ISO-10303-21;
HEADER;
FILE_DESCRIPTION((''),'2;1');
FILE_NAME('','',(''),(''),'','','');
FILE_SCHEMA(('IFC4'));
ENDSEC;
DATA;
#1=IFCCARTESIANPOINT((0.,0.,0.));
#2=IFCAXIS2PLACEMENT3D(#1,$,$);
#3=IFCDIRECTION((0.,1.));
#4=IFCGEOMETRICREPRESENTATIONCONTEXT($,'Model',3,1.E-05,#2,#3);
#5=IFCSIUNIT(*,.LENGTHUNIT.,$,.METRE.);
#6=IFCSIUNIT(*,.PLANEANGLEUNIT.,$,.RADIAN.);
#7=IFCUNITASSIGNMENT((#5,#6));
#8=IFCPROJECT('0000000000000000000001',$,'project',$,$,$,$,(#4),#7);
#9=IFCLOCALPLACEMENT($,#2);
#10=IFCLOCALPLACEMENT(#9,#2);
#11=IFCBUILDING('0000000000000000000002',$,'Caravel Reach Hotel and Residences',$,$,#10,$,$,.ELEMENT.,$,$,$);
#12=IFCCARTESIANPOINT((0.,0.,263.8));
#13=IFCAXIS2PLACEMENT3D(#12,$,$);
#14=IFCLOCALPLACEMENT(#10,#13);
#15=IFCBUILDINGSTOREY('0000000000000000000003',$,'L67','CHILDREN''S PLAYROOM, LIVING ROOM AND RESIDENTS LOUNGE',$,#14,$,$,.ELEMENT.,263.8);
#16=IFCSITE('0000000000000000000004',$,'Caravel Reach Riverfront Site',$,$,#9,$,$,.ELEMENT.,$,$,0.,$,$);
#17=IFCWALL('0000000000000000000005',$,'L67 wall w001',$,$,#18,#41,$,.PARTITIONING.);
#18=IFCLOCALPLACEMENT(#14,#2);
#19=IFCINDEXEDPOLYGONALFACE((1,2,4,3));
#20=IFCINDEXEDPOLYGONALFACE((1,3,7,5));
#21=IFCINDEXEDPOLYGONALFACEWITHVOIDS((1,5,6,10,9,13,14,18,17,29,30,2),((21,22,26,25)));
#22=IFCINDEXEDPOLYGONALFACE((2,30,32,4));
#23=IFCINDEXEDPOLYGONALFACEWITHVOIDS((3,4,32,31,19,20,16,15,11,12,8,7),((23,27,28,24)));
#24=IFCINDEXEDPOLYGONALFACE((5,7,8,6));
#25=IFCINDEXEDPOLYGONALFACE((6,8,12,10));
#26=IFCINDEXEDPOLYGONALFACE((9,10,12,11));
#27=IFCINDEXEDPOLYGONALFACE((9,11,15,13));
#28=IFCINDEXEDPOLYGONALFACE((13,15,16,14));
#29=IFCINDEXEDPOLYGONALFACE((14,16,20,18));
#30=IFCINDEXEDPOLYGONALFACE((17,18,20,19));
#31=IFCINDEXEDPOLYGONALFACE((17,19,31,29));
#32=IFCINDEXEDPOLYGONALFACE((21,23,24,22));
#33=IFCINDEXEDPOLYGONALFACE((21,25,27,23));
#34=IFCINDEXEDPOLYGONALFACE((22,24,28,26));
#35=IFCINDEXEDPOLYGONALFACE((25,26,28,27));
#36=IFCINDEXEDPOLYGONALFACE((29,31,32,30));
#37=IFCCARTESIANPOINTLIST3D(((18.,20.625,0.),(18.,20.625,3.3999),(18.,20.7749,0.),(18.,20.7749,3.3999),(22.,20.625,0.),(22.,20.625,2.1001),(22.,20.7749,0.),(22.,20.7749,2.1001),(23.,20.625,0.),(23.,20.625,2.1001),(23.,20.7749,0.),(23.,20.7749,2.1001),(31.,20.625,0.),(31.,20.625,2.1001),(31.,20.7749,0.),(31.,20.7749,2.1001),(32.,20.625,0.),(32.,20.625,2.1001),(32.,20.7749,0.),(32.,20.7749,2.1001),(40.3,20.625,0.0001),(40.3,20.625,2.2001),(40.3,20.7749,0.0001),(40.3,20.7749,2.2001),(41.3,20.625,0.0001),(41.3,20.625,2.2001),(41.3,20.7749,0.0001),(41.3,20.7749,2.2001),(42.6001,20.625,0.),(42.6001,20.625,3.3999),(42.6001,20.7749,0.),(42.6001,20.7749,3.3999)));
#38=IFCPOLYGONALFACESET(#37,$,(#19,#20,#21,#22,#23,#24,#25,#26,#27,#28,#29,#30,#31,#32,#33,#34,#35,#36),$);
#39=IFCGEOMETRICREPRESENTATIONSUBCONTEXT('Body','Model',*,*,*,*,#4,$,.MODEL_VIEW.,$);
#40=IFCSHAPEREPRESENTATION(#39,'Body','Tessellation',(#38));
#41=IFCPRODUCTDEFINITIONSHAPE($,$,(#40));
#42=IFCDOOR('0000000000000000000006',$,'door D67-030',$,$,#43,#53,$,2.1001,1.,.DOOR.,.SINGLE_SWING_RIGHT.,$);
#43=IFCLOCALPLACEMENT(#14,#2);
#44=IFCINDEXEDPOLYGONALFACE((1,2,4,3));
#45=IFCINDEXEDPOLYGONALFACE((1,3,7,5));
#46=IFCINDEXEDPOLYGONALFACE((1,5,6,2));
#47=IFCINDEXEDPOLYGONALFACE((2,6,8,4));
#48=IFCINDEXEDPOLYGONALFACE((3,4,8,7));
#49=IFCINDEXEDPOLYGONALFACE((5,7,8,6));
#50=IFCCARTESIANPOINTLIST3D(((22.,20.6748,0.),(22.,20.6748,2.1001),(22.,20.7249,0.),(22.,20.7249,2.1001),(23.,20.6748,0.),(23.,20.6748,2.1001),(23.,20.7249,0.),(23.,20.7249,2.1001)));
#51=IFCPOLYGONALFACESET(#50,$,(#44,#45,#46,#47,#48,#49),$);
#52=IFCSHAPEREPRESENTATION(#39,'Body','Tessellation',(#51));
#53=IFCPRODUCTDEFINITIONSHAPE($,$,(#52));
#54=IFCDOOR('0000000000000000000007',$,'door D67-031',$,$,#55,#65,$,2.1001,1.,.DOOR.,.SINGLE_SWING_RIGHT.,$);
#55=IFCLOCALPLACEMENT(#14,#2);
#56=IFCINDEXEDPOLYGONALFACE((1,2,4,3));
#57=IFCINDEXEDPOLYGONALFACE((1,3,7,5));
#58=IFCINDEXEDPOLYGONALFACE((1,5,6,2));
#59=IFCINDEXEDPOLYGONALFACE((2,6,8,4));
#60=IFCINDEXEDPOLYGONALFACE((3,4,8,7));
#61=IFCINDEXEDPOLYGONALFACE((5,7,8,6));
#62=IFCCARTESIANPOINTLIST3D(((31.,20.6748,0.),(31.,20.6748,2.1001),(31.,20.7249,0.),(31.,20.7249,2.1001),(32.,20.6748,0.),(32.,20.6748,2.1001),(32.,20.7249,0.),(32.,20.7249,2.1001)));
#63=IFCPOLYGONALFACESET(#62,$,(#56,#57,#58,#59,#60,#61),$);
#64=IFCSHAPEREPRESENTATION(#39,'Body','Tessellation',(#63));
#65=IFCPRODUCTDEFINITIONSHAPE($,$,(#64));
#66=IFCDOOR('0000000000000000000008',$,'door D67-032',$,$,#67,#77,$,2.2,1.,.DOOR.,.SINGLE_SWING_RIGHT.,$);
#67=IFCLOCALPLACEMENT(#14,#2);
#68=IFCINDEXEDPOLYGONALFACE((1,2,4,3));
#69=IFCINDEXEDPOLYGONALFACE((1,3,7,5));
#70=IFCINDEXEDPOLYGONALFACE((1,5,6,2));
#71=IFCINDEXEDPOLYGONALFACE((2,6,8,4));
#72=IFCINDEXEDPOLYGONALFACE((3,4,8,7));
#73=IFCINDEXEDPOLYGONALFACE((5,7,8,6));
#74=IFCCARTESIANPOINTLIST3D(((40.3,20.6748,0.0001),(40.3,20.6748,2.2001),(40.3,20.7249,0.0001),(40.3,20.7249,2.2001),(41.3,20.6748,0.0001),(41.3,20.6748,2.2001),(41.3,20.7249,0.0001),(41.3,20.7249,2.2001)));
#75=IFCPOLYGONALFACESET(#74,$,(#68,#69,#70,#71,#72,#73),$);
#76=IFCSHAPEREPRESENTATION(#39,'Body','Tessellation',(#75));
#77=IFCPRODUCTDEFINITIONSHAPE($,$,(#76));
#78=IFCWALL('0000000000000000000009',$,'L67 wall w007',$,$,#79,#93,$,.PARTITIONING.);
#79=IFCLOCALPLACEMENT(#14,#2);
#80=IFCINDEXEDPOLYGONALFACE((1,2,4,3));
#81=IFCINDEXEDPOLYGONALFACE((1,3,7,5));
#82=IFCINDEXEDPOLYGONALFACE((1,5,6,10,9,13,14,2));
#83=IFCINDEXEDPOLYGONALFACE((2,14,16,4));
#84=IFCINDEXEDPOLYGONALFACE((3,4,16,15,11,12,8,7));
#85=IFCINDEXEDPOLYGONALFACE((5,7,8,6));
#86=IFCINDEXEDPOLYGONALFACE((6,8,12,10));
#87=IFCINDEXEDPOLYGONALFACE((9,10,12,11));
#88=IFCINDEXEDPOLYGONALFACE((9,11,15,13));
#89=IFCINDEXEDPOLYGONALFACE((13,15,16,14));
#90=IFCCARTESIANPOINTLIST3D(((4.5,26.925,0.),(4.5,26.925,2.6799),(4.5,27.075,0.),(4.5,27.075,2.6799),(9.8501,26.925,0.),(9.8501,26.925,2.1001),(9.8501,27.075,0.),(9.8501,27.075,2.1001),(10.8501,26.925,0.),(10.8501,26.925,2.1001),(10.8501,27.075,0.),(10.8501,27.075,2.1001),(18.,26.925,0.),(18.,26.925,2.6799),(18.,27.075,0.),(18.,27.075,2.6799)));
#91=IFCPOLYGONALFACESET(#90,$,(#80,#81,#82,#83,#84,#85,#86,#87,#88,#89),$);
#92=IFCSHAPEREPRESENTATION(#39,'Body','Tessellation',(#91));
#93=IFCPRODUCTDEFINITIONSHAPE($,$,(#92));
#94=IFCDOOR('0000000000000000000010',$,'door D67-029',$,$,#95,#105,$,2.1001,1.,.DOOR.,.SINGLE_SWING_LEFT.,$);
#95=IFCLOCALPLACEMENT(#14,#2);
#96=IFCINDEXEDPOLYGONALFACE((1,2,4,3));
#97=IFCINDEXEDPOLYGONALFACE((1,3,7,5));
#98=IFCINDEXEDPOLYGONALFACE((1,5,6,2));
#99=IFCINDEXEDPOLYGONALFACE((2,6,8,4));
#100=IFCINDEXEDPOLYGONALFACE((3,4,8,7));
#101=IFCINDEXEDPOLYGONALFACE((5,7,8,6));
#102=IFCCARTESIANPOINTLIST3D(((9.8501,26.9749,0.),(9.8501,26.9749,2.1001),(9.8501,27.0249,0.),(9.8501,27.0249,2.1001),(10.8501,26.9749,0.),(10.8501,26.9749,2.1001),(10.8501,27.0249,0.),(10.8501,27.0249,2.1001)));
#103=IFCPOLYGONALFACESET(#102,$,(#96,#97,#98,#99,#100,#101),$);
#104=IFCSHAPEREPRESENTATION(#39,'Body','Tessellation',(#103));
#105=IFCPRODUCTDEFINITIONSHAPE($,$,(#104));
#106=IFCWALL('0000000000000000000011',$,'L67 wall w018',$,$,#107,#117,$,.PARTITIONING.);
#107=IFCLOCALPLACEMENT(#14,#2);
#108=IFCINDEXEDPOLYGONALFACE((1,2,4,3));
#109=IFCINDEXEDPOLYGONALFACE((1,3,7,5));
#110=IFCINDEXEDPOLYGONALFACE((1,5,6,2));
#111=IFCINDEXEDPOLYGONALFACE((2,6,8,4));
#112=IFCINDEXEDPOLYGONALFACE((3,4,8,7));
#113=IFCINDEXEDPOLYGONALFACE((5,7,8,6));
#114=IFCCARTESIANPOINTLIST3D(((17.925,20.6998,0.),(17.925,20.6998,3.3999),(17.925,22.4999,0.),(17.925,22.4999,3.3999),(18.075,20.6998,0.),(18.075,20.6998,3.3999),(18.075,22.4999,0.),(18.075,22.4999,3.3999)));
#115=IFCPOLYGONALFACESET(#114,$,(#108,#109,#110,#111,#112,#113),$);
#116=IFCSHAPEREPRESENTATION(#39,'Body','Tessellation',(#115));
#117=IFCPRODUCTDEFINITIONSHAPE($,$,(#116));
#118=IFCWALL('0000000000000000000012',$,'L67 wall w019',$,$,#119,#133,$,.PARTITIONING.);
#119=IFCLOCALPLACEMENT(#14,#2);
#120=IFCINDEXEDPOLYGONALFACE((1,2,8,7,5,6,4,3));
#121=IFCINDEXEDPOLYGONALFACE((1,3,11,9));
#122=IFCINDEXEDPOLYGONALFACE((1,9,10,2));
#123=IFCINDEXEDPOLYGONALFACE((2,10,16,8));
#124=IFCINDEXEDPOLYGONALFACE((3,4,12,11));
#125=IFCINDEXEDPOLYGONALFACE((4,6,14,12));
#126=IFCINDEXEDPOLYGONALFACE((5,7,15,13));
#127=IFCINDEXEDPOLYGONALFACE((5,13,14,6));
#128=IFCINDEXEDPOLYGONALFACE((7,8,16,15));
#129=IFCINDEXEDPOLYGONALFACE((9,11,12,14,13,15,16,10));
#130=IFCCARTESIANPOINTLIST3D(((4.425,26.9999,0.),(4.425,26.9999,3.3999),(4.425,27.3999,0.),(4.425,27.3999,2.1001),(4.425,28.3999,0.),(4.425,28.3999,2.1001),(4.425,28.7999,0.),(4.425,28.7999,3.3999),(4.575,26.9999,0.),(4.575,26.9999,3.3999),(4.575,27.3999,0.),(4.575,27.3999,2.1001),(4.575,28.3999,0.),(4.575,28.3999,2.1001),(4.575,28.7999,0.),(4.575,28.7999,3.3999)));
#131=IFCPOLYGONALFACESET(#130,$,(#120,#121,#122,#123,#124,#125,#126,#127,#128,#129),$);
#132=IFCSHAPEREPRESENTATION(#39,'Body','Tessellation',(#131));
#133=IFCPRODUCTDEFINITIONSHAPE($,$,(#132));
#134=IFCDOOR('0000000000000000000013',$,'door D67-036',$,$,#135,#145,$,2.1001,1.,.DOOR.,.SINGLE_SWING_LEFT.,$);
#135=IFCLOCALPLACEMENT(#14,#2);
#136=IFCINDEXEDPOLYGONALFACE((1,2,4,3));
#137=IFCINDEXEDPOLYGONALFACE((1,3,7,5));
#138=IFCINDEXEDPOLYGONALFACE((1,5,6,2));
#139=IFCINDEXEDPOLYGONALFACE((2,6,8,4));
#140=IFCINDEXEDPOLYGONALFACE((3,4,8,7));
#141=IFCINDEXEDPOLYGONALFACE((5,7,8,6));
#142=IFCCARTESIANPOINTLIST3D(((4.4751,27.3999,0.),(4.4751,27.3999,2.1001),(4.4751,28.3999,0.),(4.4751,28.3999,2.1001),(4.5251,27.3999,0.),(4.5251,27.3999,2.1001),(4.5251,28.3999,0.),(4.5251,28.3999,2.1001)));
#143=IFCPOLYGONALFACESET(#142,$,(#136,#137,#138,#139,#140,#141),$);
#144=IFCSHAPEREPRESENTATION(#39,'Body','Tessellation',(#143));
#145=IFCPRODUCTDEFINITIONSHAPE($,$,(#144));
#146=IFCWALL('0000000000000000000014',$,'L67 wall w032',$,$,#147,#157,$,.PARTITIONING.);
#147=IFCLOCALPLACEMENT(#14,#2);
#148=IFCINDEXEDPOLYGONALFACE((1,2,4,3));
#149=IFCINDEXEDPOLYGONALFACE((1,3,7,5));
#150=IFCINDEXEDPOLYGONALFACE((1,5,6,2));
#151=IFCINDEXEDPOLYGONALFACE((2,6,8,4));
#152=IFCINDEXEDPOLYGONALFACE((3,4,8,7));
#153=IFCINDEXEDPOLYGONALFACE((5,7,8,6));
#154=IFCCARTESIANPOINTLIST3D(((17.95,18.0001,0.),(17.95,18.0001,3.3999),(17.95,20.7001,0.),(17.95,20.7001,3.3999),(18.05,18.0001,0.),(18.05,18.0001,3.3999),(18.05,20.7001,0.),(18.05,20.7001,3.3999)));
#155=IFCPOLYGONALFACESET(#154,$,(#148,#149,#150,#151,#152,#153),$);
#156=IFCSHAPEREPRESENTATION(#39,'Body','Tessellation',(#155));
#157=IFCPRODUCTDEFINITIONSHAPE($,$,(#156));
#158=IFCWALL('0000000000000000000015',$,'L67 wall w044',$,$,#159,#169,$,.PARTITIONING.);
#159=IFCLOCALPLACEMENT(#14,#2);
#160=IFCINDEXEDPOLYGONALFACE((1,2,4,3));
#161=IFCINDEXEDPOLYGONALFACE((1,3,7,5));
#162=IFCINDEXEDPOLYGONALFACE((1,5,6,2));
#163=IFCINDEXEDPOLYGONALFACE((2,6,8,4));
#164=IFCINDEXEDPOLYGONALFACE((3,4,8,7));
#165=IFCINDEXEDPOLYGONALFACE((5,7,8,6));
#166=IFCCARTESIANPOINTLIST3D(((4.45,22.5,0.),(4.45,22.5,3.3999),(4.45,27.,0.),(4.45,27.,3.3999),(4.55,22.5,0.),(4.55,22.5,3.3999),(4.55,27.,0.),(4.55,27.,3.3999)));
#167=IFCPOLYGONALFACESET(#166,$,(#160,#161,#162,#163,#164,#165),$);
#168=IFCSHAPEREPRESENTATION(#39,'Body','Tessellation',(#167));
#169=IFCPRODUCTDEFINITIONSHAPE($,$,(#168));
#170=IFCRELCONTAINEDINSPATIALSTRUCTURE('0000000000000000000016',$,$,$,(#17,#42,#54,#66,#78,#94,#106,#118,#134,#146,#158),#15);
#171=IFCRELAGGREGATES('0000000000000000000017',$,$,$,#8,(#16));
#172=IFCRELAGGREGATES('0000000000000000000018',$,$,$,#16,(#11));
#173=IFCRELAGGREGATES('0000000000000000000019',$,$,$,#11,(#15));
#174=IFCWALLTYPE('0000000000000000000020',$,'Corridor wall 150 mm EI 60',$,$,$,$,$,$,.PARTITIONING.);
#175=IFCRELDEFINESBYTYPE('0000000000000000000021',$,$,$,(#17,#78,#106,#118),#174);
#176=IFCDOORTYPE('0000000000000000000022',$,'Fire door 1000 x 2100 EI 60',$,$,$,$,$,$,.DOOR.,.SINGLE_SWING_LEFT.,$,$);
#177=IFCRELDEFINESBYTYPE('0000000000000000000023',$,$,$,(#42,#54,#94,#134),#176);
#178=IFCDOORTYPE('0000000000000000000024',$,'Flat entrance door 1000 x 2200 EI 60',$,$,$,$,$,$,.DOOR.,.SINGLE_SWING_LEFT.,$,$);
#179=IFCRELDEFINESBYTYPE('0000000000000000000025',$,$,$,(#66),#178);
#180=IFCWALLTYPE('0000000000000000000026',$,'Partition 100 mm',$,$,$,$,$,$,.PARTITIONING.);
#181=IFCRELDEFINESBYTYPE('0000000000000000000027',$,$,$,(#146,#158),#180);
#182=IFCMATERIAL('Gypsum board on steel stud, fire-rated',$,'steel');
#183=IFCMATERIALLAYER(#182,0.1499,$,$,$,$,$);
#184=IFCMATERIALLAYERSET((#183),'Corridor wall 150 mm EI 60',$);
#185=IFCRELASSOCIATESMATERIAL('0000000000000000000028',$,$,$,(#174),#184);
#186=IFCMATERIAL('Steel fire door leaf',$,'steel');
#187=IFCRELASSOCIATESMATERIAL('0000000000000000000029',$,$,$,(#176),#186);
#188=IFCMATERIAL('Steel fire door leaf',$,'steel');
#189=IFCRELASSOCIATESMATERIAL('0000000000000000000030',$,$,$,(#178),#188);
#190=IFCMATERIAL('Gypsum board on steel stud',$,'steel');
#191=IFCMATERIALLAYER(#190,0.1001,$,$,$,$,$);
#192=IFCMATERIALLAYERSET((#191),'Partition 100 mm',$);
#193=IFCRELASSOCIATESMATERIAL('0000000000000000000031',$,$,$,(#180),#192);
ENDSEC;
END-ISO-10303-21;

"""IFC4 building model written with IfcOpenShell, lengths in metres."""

from ifc_helpers import new_model, si_unit, direction, frame, frame_2d, origin, place, context, subcontext, project, spatial, rectangle, extrude, material, layer, layer_set, type_object, element, fill, save


model = new_model("IFC4")

# Units and contexts
model_context = context("Model", 3, precision=1e-05, world=origin(), true_north=direction((0.0, 1.0)))
body_context = subcontext(model_context, "Body", "Model", "MODEL_VIEW")
ifc_project = project(units=[si_unit("LENGTHUNIT", "METRE"), si_unit("PLANEANGLEUNIT", "RADIAN")], contexts=[model_context])

# Site, building, storey
site_placement = place(None, origin())
site = spatial("IfcSite", under=ifc_project, at=site_placement, Name="Caravel Reach Riverfront Site", CompositionType="ELEMENT", RefElevation=0.0)
building_placement = place(site_placement, origin())
building = spatial("IfcBuilding", under=site, at=building_placement, Name="Caravel Reach Hotel and Residences", CompositionType="ELEMENT")
storey_placement = place(building_placement, frame((0.0, 0.0, 263.8)))
storey = spatial("IfcBuildingStorey", under=building, at=storey_placement, Name="L67", Description="CHILDREN'S PLAYROOM, LIVING ROOM AND RESIDENTS LOUNGE", CompositionType="ELEMENT", Elevation=263.8)

# Wall, openings, doors
ifc_material_1 = material(Name="Gypsum board on steel stud, fire-rated", Category="steel")
ifc_layer_1 = layer(ifc_material_1, 0.1499)
ifc_layer_set_1 = layer_set([ifc_layer_1], Name="Corridor wall 150 mm EI 60")
wall_type_1 = type_object("IfcWallType", Name="Corridor wall 150 mm EI 60", PredefinedType="PARTITIONING", material=ifc_layer_set_1)
wall_1_placement = place(storey_placement, frame((18.0, 20.7, 0.0), z_axis=(0.0, 0.0, 1.0), x_axis=(1.0, 0.0, 0.0)))
wall_1 = element("IfcWall", 1, at=wall_1_placement, inside=storey, type_object=wall_type_1, Name="L67 wall w001", PredefinedType="PARTITIONING", context=body_context, shape_type="SweptSolid", body=[
    extrude(rectangle(XDim=24.6001, YDim=0.1499, at=frame_2d((12.3, 0.0))), origin(), (0.0, 0.0, 1.0), 3.3999),
])
opening_1_placement = place(wall_1_placement, frame((4.0, 0.0, 0.0)))
opening_1 = element("IfcOpeningElement", 2, at=opening_1_placement, cuts=wall_1, PredefinedType="OPENING", context=body_context, shape_type="SweptSolid", body=[
    extrude(rectangle(XDim=1.0, YDim=2.1001, at=frame_2d((0.5, 1.05))), frame((0.0, 0.085, 0.0), z_axis=(0.0, -1.0, 0.0), x_axis=(1.0, 0.0, 0.0)), (0.0, 0.0, 1.0), 0.1699),
])
opening_2_placement = place(wall_1_placement, frame((13.0, 0.0, 0.0)))
opening_2 = element("IfcOpeningElement", 3, at=opening_2_placement, cuts=wall_1, PredefinedType="OPENING", context=body_context, shape_type="SweptSolid", body=[
    extrude(rectangle(XDim=1.0, YDim=2.1001, at=frame_2d((0.5, 1.05))), frame((0.0, 0.085, 0.0), z_axis=(0.0, -1.0, 0.0), x_axis=(1.0, 0.0, 0.0)), (0.0, 0.0, 1.0), 0.1699),
])
opening_3_placement = place(wall_1_placement, frame((22.3, 0.0, 0.0)))
opening_3 = element("IfcOpeningElement", 4, at=opening_3_placement, cuts=wall_1, PredefinedType="OPENING", context=body_context, shape_type="SweptSolid", body=[
    extrude(rectangle(XDim=1.0, YDim=2.2, at=frame_2d((0.5, 1.1001))), frame((0.0, 0.085, 0.0), z_axis=(0.0, -1.0, 0.0), x_axis=(1.0, 0.0, 0.0)), (0.0, 0.0, 1.0), 0.1699),
])
ifc_material_2 = material(Name="Steel fire door leaf", Category="steel")
door_type_1 = type_object("IfcDoorType", Name="Fire door 1000 x 2100 EI 60", OperationType="SINGLE_SWING_LEFT", PredefinedType="DOOR", material=ifc_material_2)
door_1_placement = place(opening_1_placement, origin())
door_1 = element("IfcDoor", 5, at=door_1_placement, inside=storey, type_object=door_type_1, Name="door D67-030", OperationType="SINGLE_SWING_RIGHT", OverallHeight=2.1001, OverallWidth=1.0, PredefinedType="DOOR", context=body_context, shape_type="SweptSolid", body=[
    extrude(rectangle(XDim=1.0, YDim=2.1001, at=frame_2d((0.5, 1.05))), frame((0.0, 0.0249, 0.0), z_axis=(0.0, -1.0, 0.0), x_axis=(1.0, 0.0, 0.0)), (0.0, 0.0, 1.0), 0.05),
])
fill(opening_1, door_1)
door_2_placement = place(opening_2_placement, origin())
door_2 = element("IfcDoor", 6, at=door_2_placement, inside=storey, type_object=door_type_1, Name="door D67-031", OperationType="SINGLE_SWING_RIGHT", OverallHeight=2.1001, OverallWidth=1.0, PredefinedType="DOOR", context=body_context, shape_type="SweptSolid", body=[
    extrude(rectangle(XDim=1.0, YDim=2.1001, at=frame_2d((0.5, 1.05))), frame((0.0, 0.0249, 0.0), z_axis=(0.0, -1.0, 0.0), x_axis=(1.0, 0.0, 0.0)), (0.0, 0.0, 1.0), 0.05),
])
fill(opening_2, door_2)
ifc_material_3 = material(Name="Steel fire door leaf", Category="steel")
door_type_2 = type_object("IfcDoorType", Name="Flat entrance door 1000 x 2200 EI 60", OperationType="SINGLE_SWING_LEFT", PredefinedType="DOOR", material=ifc_material_3)
door_3_placement = place(opening_3_placement, origin())
door_3 = element("IfcDoor", 7, at=door_3_placement, inside=storey, type_object=door_type_2, Name="door D67-032", OperationType="SINGLE_SWING_RIGHT", OverallHeight=2.2, OverallWidth=1.0, PredefinedType="DOOR", context=body_context, shape_type="SweptSolid", body=[
    extrude(rectangle(XDim=1.0, YDim=2.2, at=frame_2d((0.5, 1.1001))), frame((0.0, 0.0249, 0.0), z_axis=(0.0, -1.0, 0.0), x_axis=(1.0, 0.0, 0.0)), (0.0, 0.0, 1.0), 0.05),
])
fill(opening_3, door_3)

# Wall, opening, door
wall_2_placement = place(storey_placement, frame((4.5, 27.0, 0.0), z_axis=(0.0, 0.0, 1.0), x_axis=(1.0, 0.0, 0.0)))
wall_2 = element("IfcWall", 8, at=wall_2_placement, inside=storey, type_object=wall_type_1, Name="L67 wall w007", PredefinedType="PARTITIONING", context=body_context, shape_type="SweptSolid", body=[
    extrude(rectangle(XDim=13.5, YDim=0.1499, at=frame_2d((6.75, 0.0))), origin(), (0.0, 0.0, 1.0), 2.6799),
])
opening_4_placement = place(wall_2_placement, frame((5.3501, 0.0, 0.0)))
opening_4 = element("IfcOpeningElement", 9, at=opening_4_placement, cuts=wall_2, PredefinedType="OPENING", context=body_context, shape_type="SweptSolid", body=[
    extrude(rectangle(XDim=1.0, YDim=2.1001, at=frame_2d((0.5, 1.05))), frame((0.0, 0.085, 0.0), z_axis=(0.0, -1.0, 0.0), x_axis=(1.0, 0.0, 0.0)), (0.0, 0.0, 1.0), 0.1699),
])
door_4_placement = place(opening_4_placement, origin())
door_4 = element("IfcDoor", 10, at=door_4_placement, inside=storey, type_object=door_type_1, Name="door D67-029", OperationType="SINGLE_SWING_LEFT", OverallHeight=2.1001, OverallWidth=1.0, PredefinedType="DOOR", context=body_context, shape_type="SweptSolid", body=[
    extrude(rectangle(XDim=1.0, YDim=2.1001, at=frame_2d((0.5, 1.05))), frame((0.0, 0.0249, 0.0), z_axis=(0.0, -1.0, 0.0), x_axis=(1.0, 0.0, 0.0)), (0.0, 0.0, 1.0), 0.05),
])
fill(opening_4, door_4)

# Wall
wall_3_placement = place(storey_placement, frame((18.0, 20.7, 0.0), z_axis=(0.0, 0.0, 1.0), x_axis=(0.0, 1.0, 0.0)))
element("IfcWall", 11, at=wall_3_placement, inside=storey, type_object=wall_type_1, Name="L67 wall w018", PredefinedType="PARTITIONING", context=body_context, shape_type="SweptSolid", body=[
    extrude(rectangle(XDim=1.8, YDim=0.1499, at=frame_2d((0.8999, 0.0))), origin(), (0.0, 0.0, 1.0), 3.3999),
])

# Wall, opening, door
wall_4_placement = place(storey_placement, frame((4.5, 27.0, 0.0), z_axis=(0.0, 0.0, 1.0), x_axis=(0.0, 1.0, 0.0)))
wall_4 = element("IfcWall", 12, at=wall_4_placement, inside=storey, type_object=wall_type_1, Name="L67 wall w019", PredefinedType="PARTITIONING", context=body_context, shape_type="SweptSolid", body=[
    extrude(rectangle(XDim=1.8, YDim=0.1499, at=frame_2d((0.8999, 0.0))), origin(), (0.0, 0.0, 1.0), 3.3999),
])
opening_5_placement = place(wall_4_placement, frame((0.3999, 0.0, 0.0)))
opening_5 = element("IfcOpeningElement", 13, at=opening_5_placement, cuts=wall_4, PredefinedType="OPENING", context=body_context, shape_type="SweptSolid", body=[
    extrude(rectangle(XDim=1.0, YDim=2.1001, at=frame_2d((0.5, 1.05))), frame((0.0, 0.085, 0.0), z_axis=(0.0, -1.0, 0.0), x_axis=(1.0, 0.0, 0.0)), (0.0, 0.0, 1.0), 0.1699),
])
door_5_placement = place(opening_5_placement, origin())
door_5 = element("IfcDoor", 14, at=door_5_placement, inside=storey, type_object=door_type_1, Name="door D67-036", OperationType="SINGLE_SWING_LEFT", OverallHeight=2.1001, OverallWidth=1.0, PredefinedType="DOOR", context=body_context, shape_type="SweptSolid", body=[
    extrude(rectangle(XDim=1.0, YDim=2.1001, at=frame_2d((0.5, 1.05))), frame((0.0, 0.0249, 0.0), z_axis=(0.0, -1.0, 0.0), x_axis=(1.0, 0.0, 0.0)), (0.0, 0.0, 1.0), 0.05),
])
fill(opening_5, door_5)

# Walls
ifc_material_4 = material(Name="Gypsum board on steel stud", Category="steel")
ifc_layer_2 = layer(ifc_material_4, 0.1001)
ifc_layer_set_2 = layer_set([ifc_layer_2], Name="Partition 100 mm")
wall_type_2 = type_object("IfcWallType", Name="Partition 100 mm", PredefinedType="PARTITIONING", material=ifc_layer_set_2)
wall_5_placement = place(storey_placement, frame((18.0, 18.0, 0.0), z_axis=(0.0, 0.0, 1.0), x_axis=(0.0, 1.0, 0.0)))
element("IfcWall", 15, at=wall_5_placement, inside=storey, type_object=wall_type_2, Name="L67 wall w032", PredefinedType="PARTITIONING", context=body_context, shape_type="SweptSolid", body=[
    extrude(rectangle(XDim=2.7, YDim=0.1001, at=frame_2d((1.3501, 0.0))), origin(), (0.0, 0.0, 1.0), 3.3999),
])
wall_6_placement = place(storey_placement, frame((4.5, 22.5, 0.0), z_axis=(0.0, 0.0, 1.0), x_axis=(0.0, 1.0, 0.0)))
element("IfcWall", 16, at=wall_6_placement, inside=storey, type_object=wall_type_2, Name="L67 wall w044", PredefinedType="PARTITIONING", context=body_context, shape_type="SweptSolid", body=[
    extrude(rectangle(XDim=4.5, YDim=0.1001, at=frame_2d((2.25, 0.0))), origin(), (0.0, 0.0, 1.0), 3.3999),
])

save(model, "model.ifc")
